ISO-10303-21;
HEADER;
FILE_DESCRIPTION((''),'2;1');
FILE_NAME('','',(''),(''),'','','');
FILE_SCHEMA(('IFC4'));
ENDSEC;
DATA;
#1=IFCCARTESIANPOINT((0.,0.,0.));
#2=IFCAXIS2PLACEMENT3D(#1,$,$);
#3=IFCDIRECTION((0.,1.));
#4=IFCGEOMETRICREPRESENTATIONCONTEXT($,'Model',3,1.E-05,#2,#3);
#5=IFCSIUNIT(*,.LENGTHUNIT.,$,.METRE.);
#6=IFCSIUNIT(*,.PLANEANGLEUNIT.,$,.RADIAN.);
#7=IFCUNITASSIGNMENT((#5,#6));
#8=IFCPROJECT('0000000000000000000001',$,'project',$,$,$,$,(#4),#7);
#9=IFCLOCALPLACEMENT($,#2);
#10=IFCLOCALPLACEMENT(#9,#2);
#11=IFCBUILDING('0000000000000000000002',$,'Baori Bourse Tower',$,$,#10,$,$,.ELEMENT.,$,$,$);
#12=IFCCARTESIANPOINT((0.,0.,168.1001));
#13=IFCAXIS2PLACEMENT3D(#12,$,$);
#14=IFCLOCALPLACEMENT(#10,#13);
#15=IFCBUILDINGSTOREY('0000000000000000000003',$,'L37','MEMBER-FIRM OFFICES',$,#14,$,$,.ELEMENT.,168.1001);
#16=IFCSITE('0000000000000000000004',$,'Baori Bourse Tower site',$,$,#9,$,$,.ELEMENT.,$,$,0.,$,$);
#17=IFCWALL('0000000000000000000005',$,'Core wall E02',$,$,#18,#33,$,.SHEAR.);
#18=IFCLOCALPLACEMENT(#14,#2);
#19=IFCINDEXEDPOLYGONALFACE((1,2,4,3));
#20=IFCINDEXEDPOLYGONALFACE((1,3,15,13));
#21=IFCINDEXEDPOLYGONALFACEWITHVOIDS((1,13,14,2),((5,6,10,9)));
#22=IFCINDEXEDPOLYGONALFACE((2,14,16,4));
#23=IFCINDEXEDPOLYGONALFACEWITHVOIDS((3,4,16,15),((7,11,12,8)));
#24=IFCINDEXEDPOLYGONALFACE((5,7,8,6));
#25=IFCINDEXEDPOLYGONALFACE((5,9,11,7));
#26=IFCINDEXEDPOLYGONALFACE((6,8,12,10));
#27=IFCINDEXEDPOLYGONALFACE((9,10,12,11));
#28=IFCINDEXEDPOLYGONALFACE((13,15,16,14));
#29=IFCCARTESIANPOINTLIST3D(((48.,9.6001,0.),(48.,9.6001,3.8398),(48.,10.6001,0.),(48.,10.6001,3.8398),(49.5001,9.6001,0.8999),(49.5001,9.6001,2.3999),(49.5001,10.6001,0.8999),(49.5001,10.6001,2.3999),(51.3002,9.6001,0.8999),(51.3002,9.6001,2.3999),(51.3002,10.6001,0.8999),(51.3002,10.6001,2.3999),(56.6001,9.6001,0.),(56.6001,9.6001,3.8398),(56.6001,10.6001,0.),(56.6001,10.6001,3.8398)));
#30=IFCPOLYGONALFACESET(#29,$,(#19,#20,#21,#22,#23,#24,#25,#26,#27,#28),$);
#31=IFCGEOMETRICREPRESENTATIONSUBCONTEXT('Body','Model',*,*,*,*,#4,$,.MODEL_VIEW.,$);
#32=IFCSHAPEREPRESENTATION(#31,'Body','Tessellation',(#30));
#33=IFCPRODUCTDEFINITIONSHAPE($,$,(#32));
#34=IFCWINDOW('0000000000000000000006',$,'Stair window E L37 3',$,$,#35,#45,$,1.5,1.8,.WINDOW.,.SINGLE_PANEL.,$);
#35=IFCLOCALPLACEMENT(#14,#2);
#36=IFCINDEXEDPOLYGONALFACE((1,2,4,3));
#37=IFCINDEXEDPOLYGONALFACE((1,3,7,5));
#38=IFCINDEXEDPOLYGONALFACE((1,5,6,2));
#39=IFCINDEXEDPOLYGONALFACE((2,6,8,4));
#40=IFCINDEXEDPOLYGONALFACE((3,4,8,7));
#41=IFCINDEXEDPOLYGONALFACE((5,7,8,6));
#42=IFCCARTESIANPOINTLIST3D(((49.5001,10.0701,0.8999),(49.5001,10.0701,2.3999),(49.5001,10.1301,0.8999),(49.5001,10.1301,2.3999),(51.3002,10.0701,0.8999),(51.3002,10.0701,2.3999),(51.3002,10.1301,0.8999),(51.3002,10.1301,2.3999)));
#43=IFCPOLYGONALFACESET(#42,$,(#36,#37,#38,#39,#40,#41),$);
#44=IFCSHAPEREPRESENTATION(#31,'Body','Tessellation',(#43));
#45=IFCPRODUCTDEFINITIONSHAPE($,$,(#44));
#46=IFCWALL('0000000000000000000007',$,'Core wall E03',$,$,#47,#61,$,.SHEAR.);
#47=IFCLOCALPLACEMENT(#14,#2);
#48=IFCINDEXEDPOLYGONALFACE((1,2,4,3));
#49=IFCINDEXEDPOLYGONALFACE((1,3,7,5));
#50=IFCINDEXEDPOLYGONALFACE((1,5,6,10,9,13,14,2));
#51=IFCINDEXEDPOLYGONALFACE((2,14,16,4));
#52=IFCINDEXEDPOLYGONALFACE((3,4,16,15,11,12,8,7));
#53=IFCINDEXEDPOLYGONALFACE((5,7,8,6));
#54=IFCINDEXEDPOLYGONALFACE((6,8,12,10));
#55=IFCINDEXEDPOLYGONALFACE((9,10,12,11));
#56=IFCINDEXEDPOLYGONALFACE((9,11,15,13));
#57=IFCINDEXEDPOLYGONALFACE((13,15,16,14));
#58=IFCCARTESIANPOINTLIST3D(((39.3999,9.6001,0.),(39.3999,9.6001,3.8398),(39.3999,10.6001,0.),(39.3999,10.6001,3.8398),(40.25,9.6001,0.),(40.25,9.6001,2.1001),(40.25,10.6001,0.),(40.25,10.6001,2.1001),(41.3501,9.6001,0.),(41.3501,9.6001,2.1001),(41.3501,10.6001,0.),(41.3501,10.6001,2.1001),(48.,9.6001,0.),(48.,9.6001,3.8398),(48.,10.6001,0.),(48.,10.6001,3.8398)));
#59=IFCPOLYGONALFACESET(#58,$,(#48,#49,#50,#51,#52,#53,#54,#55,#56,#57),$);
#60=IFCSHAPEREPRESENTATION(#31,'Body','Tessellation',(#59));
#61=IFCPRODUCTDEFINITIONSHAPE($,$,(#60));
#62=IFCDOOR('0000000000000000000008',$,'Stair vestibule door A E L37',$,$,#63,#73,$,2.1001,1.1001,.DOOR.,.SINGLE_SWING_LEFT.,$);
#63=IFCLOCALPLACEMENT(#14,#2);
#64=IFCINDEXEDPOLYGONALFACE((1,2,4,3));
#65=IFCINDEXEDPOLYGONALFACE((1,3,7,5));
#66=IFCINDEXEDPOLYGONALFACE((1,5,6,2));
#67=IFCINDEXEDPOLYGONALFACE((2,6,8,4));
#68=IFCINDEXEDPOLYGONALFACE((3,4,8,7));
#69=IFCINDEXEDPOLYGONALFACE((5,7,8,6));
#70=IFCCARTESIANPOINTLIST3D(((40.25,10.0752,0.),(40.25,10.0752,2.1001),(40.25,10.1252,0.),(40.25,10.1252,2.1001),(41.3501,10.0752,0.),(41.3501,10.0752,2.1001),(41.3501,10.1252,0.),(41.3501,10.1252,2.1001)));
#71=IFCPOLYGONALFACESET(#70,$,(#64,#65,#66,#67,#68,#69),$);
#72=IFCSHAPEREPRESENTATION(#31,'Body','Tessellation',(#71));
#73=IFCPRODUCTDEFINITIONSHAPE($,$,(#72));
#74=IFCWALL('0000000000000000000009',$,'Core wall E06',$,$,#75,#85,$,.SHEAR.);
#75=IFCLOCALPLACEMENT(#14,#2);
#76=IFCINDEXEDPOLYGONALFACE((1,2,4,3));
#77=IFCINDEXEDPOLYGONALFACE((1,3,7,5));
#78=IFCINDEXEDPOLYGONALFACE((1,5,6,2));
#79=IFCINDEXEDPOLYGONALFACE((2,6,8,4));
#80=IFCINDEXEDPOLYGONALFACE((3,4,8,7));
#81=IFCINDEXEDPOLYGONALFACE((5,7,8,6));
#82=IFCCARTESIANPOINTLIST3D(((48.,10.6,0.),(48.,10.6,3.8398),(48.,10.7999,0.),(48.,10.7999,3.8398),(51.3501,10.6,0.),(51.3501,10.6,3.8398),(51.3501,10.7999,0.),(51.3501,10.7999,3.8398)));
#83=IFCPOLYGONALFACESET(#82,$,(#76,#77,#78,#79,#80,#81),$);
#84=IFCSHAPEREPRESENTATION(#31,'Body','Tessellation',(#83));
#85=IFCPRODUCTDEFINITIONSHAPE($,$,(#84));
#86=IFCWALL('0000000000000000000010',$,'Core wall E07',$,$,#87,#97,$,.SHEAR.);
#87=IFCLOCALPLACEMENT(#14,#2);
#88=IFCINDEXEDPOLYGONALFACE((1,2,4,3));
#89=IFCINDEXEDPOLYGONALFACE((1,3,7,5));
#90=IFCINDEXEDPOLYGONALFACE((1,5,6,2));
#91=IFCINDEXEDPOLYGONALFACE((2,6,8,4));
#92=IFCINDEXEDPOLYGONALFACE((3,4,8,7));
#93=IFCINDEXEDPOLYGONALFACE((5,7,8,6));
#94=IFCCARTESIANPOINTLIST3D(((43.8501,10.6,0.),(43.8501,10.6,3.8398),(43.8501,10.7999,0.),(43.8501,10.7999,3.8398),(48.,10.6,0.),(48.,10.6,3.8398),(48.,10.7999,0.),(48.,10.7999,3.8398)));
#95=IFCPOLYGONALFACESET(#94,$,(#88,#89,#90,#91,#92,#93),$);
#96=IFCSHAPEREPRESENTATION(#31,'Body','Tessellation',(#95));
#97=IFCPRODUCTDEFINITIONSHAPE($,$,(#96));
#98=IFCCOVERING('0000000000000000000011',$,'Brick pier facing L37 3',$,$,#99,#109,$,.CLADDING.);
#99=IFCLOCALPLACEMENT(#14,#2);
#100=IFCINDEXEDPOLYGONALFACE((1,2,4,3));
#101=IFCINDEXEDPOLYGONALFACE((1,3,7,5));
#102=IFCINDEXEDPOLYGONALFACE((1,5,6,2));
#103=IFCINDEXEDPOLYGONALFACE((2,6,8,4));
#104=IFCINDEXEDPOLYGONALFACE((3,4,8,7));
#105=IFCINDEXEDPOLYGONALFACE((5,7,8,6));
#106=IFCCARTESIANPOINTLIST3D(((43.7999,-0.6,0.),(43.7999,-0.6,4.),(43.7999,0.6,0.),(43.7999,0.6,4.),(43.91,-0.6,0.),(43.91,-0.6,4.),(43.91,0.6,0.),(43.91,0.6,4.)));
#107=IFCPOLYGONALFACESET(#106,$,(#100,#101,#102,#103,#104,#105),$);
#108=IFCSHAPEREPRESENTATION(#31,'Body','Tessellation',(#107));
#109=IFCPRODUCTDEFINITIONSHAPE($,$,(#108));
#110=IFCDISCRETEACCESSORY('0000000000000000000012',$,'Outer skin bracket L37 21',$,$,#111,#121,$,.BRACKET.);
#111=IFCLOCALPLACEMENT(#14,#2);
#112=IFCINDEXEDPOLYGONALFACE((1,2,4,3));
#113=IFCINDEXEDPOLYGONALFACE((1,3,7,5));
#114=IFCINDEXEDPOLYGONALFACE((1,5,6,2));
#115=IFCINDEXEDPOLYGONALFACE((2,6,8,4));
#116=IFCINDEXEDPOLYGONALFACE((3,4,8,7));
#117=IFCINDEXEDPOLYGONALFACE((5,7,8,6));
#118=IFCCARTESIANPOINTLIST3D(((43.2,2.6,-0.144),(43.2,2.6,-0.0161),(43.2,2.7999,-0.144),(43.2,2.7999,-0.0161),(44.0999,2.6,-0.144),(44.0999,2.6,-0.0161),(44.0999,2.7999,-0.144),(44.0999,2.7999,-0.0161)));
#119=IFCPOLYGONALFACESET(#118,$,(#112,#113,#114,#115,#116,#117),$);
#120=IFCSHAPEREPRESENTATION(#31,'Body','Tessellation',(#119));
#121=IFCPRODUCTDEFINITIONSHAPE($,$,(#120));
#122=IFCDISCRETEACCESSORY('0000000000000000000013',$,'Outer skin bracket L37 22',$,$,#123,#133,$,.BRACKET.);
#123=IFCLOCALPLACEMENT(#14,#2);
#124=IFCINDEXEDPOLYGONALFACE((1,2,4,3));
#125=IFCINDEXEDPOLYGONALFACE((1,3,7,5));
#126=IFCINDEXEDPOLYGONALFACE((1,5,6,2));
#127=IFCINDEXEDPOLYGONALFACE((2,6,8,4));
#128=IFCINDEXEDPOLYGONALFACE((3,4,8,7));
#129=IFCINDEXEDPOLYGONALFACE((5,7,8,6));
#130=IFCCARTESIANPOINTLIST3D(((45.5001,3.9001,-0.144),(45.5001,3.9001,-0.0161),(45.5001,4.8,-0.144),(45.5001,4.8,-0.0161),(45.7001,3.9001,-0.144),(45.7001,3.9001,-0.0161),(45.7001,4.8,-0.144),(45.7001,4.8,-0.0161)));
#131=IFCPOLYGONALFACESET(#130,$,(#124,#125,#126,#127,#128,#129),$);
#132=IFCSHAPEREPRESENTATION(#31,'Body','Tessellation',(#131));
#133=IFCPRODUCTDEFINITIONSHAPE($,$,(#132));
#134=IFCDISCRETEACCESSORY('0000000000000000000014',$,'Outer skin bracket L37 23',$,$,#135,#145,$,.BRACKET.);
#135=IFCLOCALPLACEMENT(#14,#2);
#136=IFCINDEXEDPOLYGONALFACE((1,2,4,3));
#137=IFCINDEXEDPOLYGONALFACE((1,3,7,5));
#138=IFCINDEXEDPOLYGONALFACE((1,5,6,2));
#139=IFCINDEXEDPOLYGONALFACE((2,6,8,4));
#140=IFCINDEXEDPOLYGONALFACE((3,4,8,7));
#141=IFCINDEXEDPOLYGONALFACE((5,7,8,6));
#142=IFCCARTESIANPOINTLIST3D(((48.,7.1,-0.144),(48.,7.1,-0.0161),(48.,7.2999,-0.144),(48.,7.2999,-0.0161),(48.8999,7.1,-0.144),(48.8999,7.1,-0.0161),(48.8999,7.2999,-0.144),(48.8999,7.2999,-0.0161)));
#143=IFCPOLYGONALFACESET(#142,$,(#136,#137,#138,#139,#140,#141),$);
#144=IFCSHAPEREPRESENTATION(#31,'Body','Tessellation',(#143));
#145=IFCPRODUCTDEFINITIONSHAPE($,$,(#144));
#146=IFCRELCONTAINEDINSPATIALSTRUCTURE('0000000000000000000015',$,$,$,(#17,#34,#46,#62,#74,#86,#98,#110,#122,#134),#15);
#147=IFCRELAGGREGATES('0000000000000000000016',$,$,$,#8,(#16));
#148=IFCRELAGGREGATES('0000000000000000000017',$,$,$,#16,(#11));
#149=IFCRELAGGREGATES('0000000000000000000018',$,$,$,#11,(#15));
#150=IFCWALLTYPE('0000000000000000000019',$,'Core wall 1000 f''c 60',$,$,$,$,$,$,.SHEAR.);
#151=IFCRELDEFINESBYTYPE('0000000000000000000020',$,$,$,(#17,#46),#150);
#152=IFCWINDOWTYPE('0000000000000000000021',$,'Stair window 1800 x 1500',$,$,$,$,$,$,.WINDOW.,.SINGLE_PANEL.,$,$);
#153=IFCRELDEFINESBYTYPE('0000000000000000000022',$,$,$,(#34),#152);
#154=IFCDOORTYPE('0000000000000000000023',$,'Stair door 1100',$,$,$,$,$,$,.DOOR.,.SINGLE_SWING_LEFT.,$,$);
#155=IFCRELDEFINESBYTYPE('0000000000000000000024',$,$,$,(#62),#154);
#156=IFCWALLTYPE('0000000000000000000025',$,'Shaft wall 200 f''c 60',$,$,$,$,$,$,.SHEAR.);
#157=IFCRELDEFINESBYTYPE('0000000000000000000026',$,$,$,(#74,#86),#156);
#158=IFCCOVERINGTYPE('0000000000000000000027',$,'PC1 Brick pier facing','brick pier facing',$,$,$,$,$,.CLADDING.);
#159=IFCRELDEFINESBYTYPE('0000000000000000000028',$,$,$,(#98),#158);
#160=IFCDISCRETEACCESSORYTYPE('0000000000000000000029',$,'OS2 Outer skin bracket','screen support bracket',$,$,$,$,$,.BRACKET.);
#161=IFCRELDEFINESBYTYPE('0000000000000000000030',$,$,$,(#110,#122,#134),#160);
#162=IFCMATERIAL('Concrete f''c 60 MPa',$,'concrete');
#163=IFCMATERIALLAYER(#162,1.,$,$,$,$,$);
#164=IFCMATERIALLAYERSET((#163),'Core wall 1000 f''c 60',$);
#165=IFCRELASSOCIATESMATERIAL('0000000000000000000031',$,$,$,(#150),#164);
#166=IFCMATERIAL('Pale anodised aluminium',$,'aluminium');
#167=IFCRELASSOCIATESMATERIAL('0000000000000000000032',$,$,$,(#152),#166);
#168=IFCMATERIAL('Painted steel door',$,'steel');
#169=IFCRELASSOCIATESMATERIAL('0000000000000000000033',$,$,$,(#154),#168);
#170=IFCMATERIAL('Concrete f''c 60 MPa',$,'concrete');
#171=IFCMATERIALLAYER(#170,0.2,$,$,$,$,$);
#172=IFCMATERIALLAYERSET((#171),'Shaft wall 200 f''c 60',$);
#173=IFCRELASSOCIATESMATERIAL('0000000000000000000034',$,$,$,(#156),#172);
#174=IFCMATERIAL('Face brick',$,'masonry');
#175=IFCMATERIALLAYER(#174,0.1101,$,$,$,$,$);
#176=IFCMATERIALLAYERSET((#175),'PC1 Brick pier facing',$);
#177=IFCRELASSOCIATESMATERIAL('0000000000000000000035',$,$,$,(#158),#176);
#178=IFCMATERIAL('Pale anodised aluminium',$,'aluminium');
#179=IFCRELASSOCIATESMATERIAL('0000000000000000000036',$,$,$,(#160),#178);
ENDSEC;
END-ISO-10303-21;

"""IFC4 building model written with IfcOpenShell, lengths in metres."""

from ifc_helpers import new_model, si_unit, direction, frame, frame_2d, origin, origin_2d, place, context, subcontext, project, spatial, rectangle, extrude, material, layer, layer_set, type_object, element, fill, save


model = new_model("IFC4")

# Units and contexts
model_context = context("Model", 3, precision=1e-05, world=origin(), true_north=direction((0.0, 1.0)))
body_context = subcontext(model_context, "Body", "Model", "MODEL_VIEW")
ifc_project = project(units=[si_unit("LENGTHUNIT", "METRE"), si_unit("PLANEANGLEUNIT", "RADIAN")], contexts=[model_context])

# Site, building, storey
site_placement = place(None, origin())
site = spatial("IfcSite", under=ifc_project, at=site_placement, Name="Baori Bourse Tower site", CompositionType="ELEMENT", RefElevation=0.0)
building_placement = place(site_placement, origin())
building = spatial("IfcBuilding", under=site, at=building_placement, Name="Baori Bourse Tower", CompositionType="ELEMENT")
storey_placement = place(building_placement, frame((0.0, 0.0, 168.1001)))
storey = spatial("IfcBuildingStorey", under=building, at=storey_placement, Name="L37", Description="MEMBER-FIRM OFFICES", CompositionType="ELEMENT", Elevation=168.1001)

# Wall, opening, window
ifc_material_1 = material(Name="Concrete f'c 60 MPa", Category="concrete")
ifc_layer_1 = layer(ifc_material_1, 1.0)
ifc_layer_set_1 = layer_set([ifc_layer_1], Name="Core wall 1000 f'c 60")
wall_type_1 = type_object("IfcWallType", Name="Core wall 1000 f'c 60", PredefinedType="SHEAR", material=ifc_layer_set_1)
wall_1_placement = place(storey_placement, frame((56.6001, 10.1001, 0.0), z_axis=(0.0, 0.0, 1.0), x_axis=(-1.0, 0.0, 0.0)))
wall_1 = element("IfcWall", 1, at=wall_1_placement, inside=storey, type_object=wall_type_1, Name="Core wall E02", PredefinedType="SHEAR", context=body_context, shape_type="SweptSolid", body=[
    extrude(rectangle(XDim=8.6001, YDim=1.0, at=frame_2d((4.3, 0.0))), origin(), (0.0, 0.0, 1.0), 3.8398),
])
opening_1_placement = place(wall_1_placement, frame((5.3, 0.0, 0.8999)))
opening_1 = element("IfcOpeningElement", 2, at=opening_1_placement, cuts=wall_1, PredefinedType="OPENING", context=body_context, shape_type="SweptSolid", body=[
    extrude(rectangle(XDim=1.8, YDim=1.5, at=frame_2d((0.8999, 0.75))), frame((0.0, 0.51, 0.0), z_axis=(0.0, -1.0, 0.0), x_axis=(1.0, 0.0, 0.0)), (0.0, 0.0, 1.0), 1.02),
])
ifc_material_2 = material(Name="Pale anodised aluminium", Category="aluminium")
window_type = type_object("IfcWindowType", Name="Stair window 1800 x 1500", PartitioningType="SINGLE_PANEL", PredefinedType="WINDOW", material=ifc_material_2)
window_placement = place(opening_1_placement, origin())
window = element("IfcWindow", 3, at=window_placement, inside=storey, type_object=window_type, Name="Stair window E L37 3", OverallHeight=1.5, OverallWidth=1.8, PartitioningType="SINGLE_PANEL", PredefinedType="WINDOW", context=body_context, shape_type="SweptSolid", body=[
    extrude(rectangle(XDim=1.8, YDim=1.5, at=frame_2d((0.8999, 0.75))), frame((0.0, 0.03, 0.0), z_axis=(0.0, -1.0, 0.0), x_axis=(1.0, 0.0, 0.0)), (0.0, 0.0, 1.0), 0.0601),
])
fill(opening_1, window)

# Wall, opening, door
wall_2_placement = place(storey_placement, frame((48.0, 10.1001, 0.0), z_axis=(0.0, 0.0, 1.0), x_axis=(-1.0, 0.0, 0.0)))
wall_2 = element("IfcWall", 4, at=wall_2_placement, inside=storey, type_object=wall_type_1, Name="Core wall E03", PredefinedType="SHEAR", context=body_context, shape_type="SweptSolid", body=[
    extrude(rectangle(XDim=8.6001, YDim=1.0, at=frame_2d((4.3, 0.0))), origin(), (0.0, 0.0, 1.0), 3.8398),
])
opening_2_placement = place(wall_2_placement, frame((6.6499, 0.0, 0.0)))
opening_2 = element("IfcOpeningElement", 5, at=opening_2_placement, cuts=wall_2, PredefinedType="OPENING", context=body_context, shape_type="SweptSolid", body=[
    extrude(rectangle(XDim=1.1001, YDim=2.1001, at=frame_2d((0.55, 1.05))), frame((0.0, 0.51, 0.0), z_axis=(0.0, -1.0, 0.0), x_axis=(1.0, 0.0, 0.0)), (0.0, 0.0, 1.0), 1.02),
])
ifc_material_3 = material(Name="Painted steel door", Category="steel")
door_type = type_object("IfcDoorType", Name="Stair door 1100", OperationType="SINGLE_SWING_LEFT", PredefinedType="DOOR", material=ifc_material_3)
door_placement = place(opening_2_placement, origin())
door = element("IfcDoor", 6, at=door_placement, inside=storey, type_object=door_type, Name="Stair vestibule door A E L37", OperationType="SINGLE_SWING_LEFT", OverallHeight=2.1001, OverallWidth=1.1001, PredefinedType="DOOR", context=body_context, shape_type="SweptSolid", body=[
    extrude(rectangle(XDim=1.1001, YDim=2.1001, at=frame_2d((0.55, 1.05))), frame((0.0, 0.0249, 0.0), z_axis=(0.0, -1.0, 0.0), x_axis=(1.0, 0.0, 0.0)), (0.0, 0.0, 1.0), 0.05),
])
fill(opening_2, door)

# Walls
ifc_material_4 = material(Name="Concrete f'c 60 MPa", Category="concrete")
ifc_layer_2 = layer(ifc_material_4, 0.2)
ifc_layer_set_2 = layer_set([ifc_layer_2], Name="Shaft wall 200 f'c 60")
wall_type_2 = type_object("IfcWallType", Name="Shaft wall 200 f'c 60", PredefinedType="SHEAR", material=ifc_layer_set_2)
wall_3_placement = place(storey_placement, frame((48.0, 10.7, 0.0), z_axis=(0.0, 0.0, 1.0), x_axis=(1.0, 0.0, 0.0)))
element("IfcWall", 7, at=wall_3_placement, inside=storey, type_object=wall_type_2, Name="Core wall E06", PredefinedType="SHEAR", context=body_context, shape_type="SweptSolid", body=[
    extrude(rectangle(XDim=3.3501, YDim=0.2, at=frame_2d((1.675, 0.0))), origin(), (0.0, 0.0, 1.0), 3.8398),
])
wall_4_placement = place(storey_placement, frame((43.8501, 10.7, 0.0), z_axis=(0.0, 0.0, 1.0), x_axis=(1.0, 0.0, 0.0)))
element("IfcWall", 8, at=wall_4_placement, inside=storey, type_object=wall_type_2, Name="Core wall E07", PredefinedType="SHEAR", context=body_context, shape_type="SweptSolid", body=[
    extrude(rectangle(XDim=4.1499, YDim=0.2, at=frame_2d((2.075, 0.0))), origin(), (0.0, 0.0, 1.0), 3.8398),
])

# Covering
ifc_material_5 = material(Name="Face brick", Category="masonry")
ifc_layer_3 = layer(ifc_material_5, 0.1101)
ifc_layer_set_3 = layer_set([ifc_layer_3], Name="PC1 Brick pier facing")
covering_type = type_object("IfcCoveringType", Name="PC1 Brick pier facing", Description="brick pier facing", PredefinedType="CLADDING", material=ifc_layer_set_3)
covering_placement = place(storey_placement, frame((43.855, 0.0, 0.0), z_axis=(0.0, 0.0, 1.0), x_axis=(1.0, 0.0, 0.0)))
element("IfcCovering", 9, at=covering_placement, inside=storey, type_object=covering_type, Name="Brick pier facing L37 3", PredefinedType="CLADDING", context=body_context, shape_type="SweptSolid", body=[
    extrude(rectangle(XDim=0.1101, YDim=1.2, at=origin_2d()), origin(), (0.0, 0.0, 1.0), 4.0),
])

# Discrete accessories
ifc_material_6 = material(Name="Pale anodised aluminium", Category="aluminium")
discrete_accessory_type = type_object("IfcDiscreteAccessoryType", Name="OS2 Outer skin bracket", Description="screen support bracket", PredefinedType="BRACKET", material=ifc_material_6)
for number, where, z_axis, x_axis, name in (
    (10, (43.6499, 2.7, -0.144), (0.0, 0.0, 1.0), (0.0, 1.0, 0.0), "Outer skin bracket L37 21"),
    (11, (45.6001, 4.3501, -0.144), (0.0, 0.0, 1.0), (1.0, 0.0, 0.0), "Outer skin bracket L37 22"),
    (12, (48.45, 7.2, -0.144), (0.0, 0.0, 1.0), (0.0, 1.0, 0.0), "Outer skin bracket L37 23"),
):
    element("IfcDiscreteAccessory", number, at=place(storey_placement, frame(where, z_axis=z_axis, x_axis=x_axis)), inside=storey, type_object=discrete_accessory_type, Name=name, PredefinedType="BRACKET", context=body_context, shape_type="SweptSolid", body=[
        extrude(rectangle(XDim=0.2, YDim=0.8999, at=origin_2d()), origin(), (0.0, 0.0, 1.0), 0.1279),
    ])

save(model, "model.ifc")
